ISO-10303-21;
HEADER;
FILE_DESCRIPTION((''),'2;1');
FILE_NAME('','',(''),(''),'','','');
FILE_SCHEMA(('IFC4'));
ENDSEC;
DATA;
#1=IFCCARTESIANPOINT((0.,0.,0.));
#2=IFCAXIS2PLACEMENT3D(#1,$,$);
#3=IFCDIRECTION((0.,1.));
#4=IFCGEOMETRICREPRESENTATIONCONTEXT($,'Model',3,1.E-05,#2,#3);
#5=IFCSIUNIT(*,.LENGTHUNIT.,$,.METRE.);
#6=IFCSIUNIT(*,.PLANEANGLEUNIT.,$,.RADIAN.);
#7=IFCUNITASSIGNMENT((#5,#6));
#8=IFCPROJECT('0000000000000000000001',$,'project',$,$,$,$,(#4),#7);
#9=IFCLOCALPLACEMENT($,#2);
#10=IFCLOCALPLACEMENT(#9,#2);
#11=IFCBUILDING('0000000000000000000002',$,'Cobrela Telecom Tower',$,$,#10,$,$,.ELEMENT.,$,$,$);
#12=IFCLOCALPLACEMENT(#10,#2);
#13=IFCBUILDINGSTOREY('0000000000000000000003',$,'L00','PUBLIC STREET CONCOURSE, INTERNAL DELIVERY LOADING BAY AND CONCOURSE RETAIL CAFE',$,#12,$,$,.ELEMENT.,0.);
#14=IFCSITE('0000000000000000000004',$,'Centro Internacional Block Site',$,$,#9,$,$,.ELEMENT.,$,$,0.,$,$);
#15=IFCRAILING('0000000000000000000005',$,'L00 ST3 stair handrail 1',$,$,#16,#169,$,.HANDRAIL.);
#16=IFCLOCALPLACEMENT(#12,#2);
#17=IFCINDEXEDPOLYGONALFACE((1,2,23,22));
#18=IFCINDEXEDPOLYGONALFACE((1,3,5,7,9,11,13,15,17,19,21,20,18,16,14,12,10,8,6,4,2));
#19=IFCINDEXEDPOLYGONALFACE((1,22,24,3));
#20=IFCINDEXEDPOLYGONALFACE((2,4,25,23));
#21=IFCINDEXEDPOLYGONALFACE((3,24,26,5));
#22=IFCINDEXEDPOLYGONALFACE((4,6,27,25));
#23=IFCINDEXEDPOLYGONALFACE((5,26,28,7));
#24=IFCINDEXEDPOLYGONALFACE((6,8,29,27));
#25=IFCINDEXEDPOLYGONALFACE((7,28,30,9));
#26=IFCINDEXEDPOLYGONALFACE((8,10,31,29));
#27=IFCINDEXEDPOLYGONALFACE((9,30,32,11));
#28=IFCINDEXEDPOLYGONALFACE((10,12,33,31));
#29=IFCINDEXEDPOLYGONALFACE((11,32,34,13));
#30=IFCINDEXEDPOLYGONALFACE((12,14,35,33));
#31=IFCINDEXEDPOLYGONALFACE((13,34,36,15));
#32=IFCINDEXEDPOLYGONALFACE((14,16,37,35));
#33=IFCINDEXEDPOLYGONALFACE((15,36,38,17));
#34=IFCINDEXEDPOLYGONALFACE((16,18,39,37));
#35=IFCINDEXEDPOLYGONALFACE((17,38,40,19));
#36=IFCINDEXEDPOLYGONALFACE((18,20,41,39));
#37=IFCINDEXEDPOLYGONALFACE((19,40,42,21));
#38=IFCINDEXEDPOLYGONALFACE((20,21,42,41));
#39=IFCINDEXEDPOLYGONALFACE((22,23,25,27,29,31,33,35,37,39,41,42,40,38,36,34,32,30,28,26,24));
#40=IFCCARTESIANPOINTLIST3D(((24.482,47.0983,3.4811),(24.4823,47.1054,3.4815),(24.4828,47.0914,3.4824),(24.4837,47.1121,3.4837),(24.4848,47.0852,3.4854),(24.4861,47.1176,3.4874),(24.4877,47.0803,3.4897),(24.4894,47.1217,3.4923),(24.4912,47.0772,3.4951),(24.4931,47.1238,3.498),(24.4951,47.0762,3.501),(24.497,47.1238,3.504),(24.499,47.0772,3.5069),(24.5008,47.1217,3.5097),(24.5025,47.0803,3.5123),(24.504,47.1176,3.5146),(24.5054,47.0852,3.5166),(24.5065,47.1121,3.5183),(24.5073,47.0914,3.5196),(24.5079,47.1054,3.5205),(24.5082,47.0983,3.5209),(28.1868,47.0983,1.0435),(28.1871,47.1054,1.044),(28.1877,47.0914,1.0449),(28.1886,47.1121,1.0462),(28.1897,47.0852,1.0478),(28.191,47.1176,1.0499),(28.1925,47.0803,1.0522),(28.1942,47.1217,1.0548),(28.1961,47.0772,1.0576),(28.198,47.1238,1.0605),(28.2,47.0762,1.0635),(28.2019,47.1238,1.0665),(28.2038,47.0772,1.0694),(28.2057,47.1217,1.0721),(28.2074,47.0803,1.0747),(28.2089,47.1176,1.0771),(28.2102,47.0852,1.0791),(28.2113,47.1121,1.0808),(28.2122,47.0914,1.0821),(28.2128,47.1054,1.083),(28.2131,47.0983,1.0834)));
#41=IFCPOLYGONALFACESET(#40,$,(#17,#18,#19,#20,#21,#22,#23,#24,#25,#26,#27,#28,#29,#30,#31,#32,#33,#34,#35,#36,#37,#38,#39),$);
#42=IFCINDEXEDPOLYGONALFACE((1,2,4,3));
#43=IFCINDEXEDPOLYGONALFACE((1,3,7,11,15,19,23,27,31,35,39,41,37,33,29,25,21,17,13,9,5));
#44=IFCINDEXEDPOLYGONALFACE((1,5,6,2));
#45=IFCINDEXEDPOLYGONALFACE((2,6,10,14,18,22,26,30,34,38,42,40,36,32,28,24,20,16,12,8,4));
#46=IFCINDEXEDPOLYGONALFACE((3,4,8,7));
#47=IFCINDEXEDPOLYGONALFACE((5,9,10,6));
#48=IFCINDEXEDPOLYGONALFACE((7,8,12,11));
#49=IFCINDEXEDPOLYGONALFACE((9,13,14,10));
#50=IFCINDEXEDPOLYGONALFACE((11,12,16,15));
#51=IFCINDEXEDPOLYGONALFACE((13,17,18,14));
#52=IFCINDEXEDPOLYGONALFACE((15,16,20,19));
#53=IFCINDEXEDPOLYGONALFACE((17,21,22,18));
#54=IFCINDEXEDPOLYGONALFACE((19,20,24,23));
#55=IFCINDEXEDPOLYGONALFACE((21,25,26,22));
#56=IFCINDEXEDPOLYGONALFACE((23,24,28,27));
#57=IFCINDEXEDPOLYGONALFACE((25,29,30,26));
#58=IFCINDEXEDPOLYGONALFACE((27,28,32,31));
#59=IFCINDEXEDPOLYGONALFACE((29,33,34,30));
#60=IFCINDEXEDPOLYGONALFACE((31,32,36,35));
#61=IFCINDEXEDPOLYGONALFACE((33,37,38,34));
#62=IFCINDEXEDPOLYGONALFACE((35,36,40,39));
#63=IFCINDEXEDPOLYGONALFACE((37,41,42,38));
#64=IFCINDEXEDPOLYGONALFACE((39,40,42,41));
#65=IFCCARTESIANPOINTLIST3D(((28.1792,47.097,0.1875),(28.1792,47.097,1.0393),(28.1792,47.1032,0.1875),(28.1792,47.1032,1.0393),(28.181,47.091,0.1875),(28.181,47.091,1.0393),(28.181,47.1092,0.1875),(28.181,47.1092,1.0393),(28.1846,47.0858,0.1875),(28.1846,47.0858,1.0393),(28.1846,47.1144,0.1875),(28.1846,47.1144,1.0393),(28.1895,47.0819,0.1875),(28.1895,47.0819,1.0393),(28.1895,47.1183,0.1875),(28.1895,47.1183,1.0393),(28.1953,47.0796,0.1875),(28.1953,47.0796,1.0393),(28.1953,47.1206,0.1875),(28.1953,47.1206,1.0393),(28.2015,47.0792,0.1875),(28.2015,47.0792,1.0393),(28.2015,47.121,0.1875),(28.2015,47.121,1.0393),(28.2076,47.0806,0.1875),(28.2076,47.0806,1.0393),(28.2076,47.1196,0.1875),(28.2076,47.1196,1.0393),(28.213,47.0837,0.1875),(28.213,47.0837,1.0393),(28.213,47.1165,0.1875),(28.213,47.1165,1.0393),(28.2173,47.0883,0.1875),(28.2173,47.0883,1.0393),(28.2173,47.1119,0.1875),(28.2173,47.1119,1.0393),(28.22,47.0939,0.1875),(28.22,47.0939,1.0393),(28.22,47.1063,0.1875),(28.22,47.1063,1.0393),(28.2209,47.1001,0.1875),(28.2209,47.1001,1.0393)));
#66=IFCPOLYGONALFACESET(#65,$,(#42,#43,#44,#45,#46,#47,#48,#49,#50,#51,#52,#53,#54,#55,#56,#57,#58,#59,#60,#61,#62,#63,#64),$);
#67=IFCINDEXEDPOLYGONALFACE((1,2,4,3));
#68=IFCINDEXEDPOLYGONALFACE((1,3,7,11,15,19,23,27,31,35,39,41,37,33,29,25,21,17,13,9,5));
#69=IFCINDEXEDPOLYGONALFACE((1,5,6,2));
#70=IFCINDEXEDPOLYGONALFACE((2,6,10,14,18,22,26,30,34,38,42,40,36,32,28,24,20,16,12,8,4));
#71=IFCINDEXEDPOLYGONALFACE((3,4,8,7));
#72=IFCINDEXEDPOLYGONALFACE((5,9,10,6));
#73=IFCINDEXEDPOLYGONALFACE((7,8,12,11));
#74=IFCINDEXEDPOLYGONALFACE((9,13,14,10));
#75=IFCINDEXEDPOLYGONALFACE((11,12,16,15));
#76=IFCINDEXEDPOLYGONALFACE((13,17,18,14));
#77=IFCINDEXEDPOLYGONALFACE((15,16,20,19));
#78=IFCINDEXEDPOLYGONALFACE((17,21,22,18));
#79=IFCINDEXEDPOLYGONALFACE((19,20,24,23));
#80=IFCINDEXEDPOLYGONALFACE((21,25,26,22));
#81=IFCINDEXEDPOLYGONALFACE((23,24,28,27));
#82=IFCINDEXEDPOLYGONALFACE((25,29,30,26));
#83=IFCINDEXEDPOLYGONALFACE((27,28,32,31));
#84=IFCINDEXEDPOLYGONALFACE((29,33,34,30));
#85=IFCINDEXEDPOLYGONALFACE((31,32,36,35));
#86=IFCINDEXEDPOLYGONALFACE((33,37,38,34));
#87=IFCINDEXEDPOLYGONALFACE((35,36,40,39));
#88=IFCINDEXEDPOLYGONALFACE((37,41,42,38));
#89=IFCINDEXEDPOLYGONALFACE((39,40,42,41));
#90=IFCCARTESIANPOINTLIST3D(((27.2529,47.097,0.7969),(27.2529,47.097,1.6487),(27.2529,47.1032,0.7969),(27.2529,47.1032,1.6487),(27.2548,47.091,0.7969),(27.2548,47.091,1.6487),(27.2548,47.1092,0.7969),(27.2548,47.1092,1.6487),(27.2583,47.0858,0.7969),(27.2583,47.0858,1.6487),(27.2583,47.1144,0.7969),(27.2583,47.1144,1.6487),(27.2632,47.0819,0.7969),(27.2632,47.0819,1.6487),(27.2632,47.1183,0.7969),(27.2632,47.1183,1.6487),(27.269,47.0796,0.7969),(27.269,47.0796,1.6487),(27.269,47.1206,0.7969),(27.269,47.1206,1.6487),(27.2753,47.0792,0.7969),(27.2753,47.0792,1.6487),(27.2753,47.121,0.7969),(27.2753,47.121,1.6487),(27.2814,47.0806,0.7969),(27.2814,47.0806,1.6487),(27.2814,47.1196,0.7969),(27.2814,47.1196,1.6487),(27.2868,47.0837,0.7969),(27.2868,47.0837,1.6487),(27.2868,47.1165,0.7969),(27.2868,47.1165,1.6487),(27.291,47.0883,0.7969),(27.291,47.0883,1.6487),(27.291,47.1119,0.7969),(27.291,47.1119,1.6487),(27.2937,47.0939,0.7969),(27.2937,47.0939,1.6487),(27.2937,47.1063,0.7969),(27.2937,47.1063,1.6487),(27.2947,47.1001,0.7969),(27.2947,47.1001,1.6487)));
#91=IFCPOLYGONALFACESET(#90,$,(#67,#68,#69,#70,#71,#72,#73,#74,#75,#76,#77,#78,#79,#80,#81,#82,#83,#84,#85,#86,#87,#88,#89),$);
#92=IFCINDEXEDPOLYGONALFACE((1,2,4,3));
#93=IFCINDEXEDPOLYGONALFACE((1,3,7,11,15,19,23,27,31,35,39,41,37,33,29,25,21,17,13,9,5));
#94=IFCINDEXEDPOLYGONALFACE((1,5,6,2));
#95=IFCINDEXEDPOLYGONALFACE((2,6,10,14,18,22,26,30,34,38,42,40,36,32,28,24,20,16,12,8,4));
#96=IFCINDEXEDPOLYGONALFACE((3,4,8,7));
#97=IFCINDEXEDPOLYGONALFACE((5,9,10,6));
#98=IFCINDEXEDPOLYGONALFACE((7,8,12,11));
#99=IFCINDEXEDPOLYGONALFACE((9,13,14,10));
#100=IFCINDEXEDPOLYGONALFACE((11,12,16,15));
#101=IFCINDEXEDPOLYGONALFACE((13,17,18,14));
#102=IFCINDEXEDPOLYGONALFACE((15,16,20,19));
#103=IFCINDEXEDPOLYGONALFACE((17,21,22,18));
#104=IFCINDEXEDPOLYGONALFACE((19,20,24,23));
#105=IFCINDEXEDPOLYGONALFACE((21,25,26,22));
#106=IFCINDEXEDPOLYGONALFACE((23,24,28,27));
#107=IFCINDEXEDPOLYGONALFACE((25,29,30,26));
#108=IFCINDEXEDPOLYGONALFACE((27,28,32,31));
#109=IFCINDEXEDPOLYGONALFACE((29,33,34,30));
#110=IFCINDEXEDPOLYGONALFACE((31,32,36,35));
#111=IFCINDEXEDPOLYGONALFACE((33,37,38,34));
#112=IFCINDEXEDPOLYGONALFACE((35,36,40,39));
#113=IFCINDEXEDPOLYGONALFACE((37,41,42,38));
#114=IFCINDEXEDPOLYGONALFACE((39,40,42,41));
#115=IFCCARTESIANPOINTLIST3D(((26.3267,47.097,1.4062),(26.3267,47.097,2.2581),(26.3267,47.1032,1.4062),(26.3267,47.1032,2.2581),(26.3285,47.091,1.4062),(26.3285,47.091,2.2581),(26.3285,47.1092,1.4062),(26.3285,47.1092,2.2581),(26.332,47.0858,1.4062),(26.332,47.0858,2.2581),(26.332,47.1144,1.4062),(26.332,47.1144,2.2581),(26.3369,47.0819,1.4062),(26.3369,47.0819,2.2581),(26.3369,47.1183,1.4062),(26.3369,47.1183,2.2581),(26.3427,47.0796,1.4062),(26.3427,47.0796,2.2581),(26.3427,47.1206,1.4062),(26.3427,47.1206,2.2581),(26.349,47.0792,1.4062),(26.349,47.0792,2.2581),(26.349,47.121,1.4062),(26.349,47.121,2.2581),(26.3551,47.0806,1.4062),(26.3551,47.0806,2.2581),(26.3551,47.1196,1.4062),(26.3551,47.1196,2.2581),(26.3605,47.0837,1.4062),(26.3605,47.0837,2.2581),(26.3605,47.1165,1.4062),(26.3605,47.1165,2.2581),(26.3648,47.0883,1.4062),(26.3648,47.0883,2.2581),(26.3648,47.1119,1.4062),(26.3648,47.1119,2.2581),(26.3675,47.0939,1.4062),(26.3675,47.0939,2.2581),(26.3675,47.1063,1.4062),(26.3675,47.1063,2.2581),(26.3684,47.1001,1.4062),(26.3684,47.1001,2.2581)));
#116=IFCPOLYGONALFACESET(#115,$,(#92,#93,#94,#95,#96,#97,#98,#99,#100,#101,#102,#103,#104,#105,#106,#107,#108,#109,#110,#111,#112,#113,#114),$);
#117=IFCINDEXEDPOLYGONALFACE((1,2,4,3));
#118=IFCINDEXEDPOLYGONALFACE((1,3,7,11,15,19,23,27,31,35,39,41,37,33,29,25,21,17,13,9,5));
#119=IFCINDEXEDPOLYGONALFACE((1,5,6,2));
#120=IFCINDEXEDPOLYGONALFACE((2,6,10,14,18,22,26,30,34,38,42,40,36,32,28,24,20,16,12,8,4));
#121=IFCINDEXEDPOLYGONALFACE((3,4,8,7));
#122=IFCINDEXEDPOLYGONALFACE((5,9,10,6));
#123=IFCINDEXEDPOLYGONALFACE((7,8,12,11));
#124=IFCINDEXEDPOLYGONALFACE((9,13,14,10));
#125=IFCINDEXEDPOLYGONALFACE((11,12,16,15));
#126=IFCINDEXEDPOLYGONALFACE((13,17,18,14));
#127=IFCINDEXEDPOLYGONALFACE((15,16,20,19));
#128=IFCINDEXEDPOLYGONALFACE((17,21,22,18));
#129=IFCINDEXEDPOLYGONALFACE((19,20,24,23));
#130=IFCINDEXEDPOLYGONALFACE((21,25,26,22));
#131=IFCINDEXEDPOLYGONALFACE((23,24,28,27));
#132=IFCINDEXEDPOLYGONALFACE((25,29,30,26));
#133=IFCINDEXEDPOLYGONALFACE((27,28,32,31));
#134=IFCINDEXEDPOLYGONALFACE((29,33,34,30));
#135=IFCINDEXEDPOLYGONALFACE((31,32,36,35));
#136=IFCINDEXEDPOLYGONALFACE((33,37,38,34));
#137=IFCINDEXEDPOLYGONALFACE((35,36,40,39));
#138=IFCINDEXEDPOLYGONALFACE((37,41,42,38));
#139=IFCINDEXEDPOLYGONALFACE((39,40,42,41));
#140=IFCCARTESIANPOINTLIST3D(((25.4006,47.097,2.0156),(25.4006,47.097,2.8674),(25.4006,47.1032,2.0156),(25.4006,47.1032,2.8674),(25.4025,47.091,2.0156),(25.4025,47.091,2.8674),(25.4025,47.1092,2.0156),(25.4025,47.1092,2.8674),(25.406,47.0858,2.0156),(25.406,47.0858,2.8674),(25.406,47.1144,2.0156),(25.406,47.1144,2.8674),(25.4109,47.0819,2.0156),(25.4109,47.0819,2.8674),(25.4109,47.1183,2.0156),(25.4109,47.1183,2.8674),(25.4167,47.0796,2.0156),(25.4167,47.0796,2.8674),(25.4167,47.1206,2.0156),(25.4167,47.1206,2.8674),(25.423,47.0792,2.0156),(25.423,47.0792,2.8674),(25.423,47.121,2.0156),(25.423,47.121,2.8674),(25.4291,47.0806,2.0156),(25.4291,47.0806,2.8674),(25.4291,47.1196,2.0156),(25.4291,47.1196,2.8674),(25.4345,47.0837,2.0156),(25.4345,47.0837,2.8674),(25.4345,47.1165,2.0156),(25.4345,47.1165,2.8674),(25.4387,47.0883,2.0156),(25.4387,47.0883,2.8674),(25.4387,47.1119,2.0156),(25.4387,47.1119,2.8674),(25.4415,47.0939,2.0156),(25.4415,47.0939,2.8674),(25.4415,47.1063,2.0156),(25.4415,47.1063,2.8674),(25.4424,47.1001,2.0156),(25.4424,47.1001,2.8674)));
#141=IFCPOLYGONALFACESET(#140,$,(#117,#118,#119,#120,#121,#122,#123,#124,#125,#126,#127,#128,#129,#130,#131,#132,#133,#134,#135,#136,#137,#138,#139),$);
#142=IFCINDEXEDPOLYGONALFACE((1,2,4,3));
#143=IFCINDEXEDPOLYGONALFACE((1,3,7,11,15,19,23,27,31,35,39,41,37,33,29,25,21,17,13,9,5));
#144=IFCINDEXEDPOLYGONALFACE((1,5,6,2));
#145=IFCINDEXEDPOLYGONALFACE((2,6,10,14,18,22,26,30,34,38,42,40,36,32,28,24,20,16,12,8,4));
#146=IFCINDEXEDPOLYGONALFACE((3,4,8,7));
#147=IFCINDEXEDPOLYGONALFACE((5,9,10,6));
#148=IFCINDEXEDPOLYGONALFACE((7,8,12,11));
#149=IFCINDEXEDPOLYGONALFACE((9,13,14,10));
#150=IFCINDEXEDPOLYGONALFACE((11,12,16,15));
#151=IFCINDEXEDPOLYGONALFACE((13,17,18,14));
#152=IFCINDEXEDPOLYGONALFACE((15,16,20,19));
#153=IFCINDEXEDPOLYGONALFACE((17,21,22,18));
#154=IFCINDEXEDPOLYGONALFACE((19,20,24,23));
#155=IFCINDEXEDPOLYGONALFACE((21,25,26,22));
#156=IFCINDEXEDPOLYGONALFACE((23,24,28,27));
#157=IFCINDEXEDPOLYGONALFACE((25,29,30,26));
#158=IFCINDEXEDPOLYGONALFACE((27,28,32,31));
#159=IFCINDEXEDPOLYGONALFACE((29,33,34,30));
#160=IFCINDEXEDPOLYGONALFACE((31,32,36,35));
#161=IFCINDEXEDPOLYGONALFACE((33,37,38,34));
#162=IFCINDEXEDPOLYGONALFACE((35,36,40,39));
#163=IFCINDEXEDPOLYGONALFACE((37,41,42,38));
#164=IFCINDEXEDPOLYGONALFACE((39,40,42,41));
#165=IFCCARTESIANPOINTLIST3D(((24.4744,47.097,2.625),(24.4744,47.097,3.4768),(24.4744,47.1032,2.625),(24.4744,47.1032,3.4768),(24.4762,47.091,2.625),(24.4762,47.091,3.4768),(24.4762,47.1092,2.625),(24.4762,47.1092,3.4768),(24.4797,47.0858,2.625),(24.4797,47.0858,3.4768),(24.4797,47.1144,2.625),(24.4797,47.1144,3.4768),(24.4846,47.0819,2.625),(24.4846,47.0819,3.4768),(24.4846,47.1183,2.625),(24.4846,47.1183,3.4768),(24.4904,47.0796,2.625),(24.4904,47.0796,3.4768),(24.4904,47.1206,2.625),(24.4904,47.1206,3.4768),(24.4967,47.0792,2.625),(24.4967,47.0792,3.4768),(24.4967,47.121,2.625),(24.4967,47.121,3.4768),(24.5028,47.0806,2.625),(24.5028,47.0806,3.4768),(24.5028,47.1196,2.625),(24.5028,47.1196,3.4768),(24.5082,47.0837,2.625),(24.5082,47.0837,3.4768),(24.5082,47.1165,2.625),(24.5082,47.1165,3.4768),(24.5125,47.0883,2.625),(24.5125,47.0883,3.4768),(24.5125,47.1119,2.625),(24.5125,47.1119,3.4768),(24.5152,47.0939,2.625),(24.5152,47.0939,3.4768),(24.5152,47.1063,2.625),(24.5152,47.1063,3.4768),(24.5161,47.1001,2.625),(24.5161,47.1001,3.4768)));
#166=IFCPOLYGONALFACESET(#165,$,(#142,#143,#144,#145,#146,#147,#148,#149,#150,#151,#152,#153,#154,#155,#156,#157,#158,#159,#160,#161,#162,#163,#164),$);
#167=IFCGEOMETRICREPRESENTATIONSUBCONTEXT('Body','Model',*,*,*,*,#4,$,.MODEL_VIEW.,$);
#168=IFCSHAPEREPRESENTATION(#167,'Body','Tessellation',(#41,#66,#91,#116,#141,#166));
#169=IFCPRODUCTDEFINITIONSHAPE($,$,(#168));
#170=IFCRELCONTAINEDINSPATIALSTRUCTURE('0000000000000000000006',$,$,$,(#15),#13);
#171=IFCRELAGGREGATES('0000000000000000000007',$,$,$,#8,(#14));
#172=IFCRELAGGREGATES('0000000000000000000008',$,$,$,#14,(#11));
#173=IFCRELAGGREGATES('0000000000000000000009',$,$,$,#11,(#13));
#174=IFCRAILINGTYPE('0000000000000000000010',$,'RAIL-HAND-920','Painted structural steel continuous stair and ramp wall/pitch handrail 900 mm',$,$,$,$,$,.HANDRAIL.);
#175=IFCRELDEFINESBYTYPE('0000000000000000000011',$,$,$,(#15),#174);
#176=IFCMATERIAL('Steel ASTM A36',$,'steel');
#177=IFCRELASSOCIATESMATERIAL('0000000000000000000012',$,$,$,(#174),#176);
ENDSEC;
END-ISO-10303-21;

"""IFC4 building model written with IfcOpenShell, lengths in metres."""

from ifc_helpers import new_model, si_unit, direction, frame, origin, origin_2d, place, context, subcontext, project, spatial, circle, extrude, material, type_object, element, save


model = new_model("IFC4")

# Units and contexts
model_context = context("Model", 3, precision=1e-05, world=origin(), true_north=direction((0.0, 1.0)))
body_context = subcontext(model_context, "Body", "Model", "MODEL_VIEW")
ifc_project = project(units=[si_unit("LENGTHUNIT", "METRE"), si_unit("PLANEANGLEUNIT", "RADIAN")], contexts=[model_context])

# Site, building, storey
site_placement = place(None, origin())
site = spatial("IfcSite", under=ifc_project, at=site_placement, Name="Centro Internacional Block Site", CompositionType="ELEMENT", RefElevation=0.0)
building_placement = place(site_placement, origin())
building = spatial("IfcBuilding", under=site, at=building_placement, Name="Cobrela Telecom Tower", CompositionType="ELEMENT")
storey_placement = place(building_placement, origin())
storey = spatial("IfcBuildingStorey", under=building, at=storey_placement, Name="L00", Description="PUBLIC STREET CONCOURSE, INTERNAL DELIVERY LOADING BAY AND CONCOURSE RETAIL CAFE", CompositionType="ELEMENT", Elevation=0.0)

# Railing
ifc_material_1 = material(Name="Steel ASTM A36", Category="steel")
railing_type_1 = type_object("IfcRailingType", Name="RAIL-HAND-920", Description="Painted structural steel continuous stair and ramp wall/pitch handrail 900 mm", PredefinedType="HANDRAIL", material=ifc_material_1)
railing_1_placement = place(storey_placement, frame((28.2, 47.1001, 0.1875)))
element("IfcRailing", 1, at=railing_1_placement, inside=storey, type_object=railing_type_1, Name="L00 ST3 stair handrail 1", PredefinedType="HANDRAIL", context=body_context, shape_type="SweptSolid", body=[
    extrude(circle(Radius=0.0239, at=origin_2d()), frame((0.0, 0.0, 0.876), z_axis=(-0.835406, 0.0, 0.549634), x_axis=(0.0, -1.0, 0.0)), (0.0, 0.0, 1.0), 4.4348),
    extrude(circle(Radius=0.021, at=origin_2d()), origin(), (0.0, 0.0, 1.0), 0.8518),
    extrude(circle(Radius=0.021, at=origin_2d()), frame((-0.9263, 0.0, 0.6094)), (0.0, 0.0, 1.0), 0.8518),
    extrude(circle(Radius=0.021, at=origin_2d()), frame((-1.8525, 0.0, 1.2188)), (0.0, 0.0, 1.0), 0.8518),
    extrude(circle(Radius=0.021, at=origin_2d()), frame((-2.7786, 0.0, 1.8281)), (0.0, 0.0, 1.0), 0.8518),
    extrude(circle(Radius=0.021, at=origin_2d()), frame((-3.7048, 0.0, 2.4375)), (0.0, 0.0, 1.0), 0.8518),
])

save(model, "model.ifc")
